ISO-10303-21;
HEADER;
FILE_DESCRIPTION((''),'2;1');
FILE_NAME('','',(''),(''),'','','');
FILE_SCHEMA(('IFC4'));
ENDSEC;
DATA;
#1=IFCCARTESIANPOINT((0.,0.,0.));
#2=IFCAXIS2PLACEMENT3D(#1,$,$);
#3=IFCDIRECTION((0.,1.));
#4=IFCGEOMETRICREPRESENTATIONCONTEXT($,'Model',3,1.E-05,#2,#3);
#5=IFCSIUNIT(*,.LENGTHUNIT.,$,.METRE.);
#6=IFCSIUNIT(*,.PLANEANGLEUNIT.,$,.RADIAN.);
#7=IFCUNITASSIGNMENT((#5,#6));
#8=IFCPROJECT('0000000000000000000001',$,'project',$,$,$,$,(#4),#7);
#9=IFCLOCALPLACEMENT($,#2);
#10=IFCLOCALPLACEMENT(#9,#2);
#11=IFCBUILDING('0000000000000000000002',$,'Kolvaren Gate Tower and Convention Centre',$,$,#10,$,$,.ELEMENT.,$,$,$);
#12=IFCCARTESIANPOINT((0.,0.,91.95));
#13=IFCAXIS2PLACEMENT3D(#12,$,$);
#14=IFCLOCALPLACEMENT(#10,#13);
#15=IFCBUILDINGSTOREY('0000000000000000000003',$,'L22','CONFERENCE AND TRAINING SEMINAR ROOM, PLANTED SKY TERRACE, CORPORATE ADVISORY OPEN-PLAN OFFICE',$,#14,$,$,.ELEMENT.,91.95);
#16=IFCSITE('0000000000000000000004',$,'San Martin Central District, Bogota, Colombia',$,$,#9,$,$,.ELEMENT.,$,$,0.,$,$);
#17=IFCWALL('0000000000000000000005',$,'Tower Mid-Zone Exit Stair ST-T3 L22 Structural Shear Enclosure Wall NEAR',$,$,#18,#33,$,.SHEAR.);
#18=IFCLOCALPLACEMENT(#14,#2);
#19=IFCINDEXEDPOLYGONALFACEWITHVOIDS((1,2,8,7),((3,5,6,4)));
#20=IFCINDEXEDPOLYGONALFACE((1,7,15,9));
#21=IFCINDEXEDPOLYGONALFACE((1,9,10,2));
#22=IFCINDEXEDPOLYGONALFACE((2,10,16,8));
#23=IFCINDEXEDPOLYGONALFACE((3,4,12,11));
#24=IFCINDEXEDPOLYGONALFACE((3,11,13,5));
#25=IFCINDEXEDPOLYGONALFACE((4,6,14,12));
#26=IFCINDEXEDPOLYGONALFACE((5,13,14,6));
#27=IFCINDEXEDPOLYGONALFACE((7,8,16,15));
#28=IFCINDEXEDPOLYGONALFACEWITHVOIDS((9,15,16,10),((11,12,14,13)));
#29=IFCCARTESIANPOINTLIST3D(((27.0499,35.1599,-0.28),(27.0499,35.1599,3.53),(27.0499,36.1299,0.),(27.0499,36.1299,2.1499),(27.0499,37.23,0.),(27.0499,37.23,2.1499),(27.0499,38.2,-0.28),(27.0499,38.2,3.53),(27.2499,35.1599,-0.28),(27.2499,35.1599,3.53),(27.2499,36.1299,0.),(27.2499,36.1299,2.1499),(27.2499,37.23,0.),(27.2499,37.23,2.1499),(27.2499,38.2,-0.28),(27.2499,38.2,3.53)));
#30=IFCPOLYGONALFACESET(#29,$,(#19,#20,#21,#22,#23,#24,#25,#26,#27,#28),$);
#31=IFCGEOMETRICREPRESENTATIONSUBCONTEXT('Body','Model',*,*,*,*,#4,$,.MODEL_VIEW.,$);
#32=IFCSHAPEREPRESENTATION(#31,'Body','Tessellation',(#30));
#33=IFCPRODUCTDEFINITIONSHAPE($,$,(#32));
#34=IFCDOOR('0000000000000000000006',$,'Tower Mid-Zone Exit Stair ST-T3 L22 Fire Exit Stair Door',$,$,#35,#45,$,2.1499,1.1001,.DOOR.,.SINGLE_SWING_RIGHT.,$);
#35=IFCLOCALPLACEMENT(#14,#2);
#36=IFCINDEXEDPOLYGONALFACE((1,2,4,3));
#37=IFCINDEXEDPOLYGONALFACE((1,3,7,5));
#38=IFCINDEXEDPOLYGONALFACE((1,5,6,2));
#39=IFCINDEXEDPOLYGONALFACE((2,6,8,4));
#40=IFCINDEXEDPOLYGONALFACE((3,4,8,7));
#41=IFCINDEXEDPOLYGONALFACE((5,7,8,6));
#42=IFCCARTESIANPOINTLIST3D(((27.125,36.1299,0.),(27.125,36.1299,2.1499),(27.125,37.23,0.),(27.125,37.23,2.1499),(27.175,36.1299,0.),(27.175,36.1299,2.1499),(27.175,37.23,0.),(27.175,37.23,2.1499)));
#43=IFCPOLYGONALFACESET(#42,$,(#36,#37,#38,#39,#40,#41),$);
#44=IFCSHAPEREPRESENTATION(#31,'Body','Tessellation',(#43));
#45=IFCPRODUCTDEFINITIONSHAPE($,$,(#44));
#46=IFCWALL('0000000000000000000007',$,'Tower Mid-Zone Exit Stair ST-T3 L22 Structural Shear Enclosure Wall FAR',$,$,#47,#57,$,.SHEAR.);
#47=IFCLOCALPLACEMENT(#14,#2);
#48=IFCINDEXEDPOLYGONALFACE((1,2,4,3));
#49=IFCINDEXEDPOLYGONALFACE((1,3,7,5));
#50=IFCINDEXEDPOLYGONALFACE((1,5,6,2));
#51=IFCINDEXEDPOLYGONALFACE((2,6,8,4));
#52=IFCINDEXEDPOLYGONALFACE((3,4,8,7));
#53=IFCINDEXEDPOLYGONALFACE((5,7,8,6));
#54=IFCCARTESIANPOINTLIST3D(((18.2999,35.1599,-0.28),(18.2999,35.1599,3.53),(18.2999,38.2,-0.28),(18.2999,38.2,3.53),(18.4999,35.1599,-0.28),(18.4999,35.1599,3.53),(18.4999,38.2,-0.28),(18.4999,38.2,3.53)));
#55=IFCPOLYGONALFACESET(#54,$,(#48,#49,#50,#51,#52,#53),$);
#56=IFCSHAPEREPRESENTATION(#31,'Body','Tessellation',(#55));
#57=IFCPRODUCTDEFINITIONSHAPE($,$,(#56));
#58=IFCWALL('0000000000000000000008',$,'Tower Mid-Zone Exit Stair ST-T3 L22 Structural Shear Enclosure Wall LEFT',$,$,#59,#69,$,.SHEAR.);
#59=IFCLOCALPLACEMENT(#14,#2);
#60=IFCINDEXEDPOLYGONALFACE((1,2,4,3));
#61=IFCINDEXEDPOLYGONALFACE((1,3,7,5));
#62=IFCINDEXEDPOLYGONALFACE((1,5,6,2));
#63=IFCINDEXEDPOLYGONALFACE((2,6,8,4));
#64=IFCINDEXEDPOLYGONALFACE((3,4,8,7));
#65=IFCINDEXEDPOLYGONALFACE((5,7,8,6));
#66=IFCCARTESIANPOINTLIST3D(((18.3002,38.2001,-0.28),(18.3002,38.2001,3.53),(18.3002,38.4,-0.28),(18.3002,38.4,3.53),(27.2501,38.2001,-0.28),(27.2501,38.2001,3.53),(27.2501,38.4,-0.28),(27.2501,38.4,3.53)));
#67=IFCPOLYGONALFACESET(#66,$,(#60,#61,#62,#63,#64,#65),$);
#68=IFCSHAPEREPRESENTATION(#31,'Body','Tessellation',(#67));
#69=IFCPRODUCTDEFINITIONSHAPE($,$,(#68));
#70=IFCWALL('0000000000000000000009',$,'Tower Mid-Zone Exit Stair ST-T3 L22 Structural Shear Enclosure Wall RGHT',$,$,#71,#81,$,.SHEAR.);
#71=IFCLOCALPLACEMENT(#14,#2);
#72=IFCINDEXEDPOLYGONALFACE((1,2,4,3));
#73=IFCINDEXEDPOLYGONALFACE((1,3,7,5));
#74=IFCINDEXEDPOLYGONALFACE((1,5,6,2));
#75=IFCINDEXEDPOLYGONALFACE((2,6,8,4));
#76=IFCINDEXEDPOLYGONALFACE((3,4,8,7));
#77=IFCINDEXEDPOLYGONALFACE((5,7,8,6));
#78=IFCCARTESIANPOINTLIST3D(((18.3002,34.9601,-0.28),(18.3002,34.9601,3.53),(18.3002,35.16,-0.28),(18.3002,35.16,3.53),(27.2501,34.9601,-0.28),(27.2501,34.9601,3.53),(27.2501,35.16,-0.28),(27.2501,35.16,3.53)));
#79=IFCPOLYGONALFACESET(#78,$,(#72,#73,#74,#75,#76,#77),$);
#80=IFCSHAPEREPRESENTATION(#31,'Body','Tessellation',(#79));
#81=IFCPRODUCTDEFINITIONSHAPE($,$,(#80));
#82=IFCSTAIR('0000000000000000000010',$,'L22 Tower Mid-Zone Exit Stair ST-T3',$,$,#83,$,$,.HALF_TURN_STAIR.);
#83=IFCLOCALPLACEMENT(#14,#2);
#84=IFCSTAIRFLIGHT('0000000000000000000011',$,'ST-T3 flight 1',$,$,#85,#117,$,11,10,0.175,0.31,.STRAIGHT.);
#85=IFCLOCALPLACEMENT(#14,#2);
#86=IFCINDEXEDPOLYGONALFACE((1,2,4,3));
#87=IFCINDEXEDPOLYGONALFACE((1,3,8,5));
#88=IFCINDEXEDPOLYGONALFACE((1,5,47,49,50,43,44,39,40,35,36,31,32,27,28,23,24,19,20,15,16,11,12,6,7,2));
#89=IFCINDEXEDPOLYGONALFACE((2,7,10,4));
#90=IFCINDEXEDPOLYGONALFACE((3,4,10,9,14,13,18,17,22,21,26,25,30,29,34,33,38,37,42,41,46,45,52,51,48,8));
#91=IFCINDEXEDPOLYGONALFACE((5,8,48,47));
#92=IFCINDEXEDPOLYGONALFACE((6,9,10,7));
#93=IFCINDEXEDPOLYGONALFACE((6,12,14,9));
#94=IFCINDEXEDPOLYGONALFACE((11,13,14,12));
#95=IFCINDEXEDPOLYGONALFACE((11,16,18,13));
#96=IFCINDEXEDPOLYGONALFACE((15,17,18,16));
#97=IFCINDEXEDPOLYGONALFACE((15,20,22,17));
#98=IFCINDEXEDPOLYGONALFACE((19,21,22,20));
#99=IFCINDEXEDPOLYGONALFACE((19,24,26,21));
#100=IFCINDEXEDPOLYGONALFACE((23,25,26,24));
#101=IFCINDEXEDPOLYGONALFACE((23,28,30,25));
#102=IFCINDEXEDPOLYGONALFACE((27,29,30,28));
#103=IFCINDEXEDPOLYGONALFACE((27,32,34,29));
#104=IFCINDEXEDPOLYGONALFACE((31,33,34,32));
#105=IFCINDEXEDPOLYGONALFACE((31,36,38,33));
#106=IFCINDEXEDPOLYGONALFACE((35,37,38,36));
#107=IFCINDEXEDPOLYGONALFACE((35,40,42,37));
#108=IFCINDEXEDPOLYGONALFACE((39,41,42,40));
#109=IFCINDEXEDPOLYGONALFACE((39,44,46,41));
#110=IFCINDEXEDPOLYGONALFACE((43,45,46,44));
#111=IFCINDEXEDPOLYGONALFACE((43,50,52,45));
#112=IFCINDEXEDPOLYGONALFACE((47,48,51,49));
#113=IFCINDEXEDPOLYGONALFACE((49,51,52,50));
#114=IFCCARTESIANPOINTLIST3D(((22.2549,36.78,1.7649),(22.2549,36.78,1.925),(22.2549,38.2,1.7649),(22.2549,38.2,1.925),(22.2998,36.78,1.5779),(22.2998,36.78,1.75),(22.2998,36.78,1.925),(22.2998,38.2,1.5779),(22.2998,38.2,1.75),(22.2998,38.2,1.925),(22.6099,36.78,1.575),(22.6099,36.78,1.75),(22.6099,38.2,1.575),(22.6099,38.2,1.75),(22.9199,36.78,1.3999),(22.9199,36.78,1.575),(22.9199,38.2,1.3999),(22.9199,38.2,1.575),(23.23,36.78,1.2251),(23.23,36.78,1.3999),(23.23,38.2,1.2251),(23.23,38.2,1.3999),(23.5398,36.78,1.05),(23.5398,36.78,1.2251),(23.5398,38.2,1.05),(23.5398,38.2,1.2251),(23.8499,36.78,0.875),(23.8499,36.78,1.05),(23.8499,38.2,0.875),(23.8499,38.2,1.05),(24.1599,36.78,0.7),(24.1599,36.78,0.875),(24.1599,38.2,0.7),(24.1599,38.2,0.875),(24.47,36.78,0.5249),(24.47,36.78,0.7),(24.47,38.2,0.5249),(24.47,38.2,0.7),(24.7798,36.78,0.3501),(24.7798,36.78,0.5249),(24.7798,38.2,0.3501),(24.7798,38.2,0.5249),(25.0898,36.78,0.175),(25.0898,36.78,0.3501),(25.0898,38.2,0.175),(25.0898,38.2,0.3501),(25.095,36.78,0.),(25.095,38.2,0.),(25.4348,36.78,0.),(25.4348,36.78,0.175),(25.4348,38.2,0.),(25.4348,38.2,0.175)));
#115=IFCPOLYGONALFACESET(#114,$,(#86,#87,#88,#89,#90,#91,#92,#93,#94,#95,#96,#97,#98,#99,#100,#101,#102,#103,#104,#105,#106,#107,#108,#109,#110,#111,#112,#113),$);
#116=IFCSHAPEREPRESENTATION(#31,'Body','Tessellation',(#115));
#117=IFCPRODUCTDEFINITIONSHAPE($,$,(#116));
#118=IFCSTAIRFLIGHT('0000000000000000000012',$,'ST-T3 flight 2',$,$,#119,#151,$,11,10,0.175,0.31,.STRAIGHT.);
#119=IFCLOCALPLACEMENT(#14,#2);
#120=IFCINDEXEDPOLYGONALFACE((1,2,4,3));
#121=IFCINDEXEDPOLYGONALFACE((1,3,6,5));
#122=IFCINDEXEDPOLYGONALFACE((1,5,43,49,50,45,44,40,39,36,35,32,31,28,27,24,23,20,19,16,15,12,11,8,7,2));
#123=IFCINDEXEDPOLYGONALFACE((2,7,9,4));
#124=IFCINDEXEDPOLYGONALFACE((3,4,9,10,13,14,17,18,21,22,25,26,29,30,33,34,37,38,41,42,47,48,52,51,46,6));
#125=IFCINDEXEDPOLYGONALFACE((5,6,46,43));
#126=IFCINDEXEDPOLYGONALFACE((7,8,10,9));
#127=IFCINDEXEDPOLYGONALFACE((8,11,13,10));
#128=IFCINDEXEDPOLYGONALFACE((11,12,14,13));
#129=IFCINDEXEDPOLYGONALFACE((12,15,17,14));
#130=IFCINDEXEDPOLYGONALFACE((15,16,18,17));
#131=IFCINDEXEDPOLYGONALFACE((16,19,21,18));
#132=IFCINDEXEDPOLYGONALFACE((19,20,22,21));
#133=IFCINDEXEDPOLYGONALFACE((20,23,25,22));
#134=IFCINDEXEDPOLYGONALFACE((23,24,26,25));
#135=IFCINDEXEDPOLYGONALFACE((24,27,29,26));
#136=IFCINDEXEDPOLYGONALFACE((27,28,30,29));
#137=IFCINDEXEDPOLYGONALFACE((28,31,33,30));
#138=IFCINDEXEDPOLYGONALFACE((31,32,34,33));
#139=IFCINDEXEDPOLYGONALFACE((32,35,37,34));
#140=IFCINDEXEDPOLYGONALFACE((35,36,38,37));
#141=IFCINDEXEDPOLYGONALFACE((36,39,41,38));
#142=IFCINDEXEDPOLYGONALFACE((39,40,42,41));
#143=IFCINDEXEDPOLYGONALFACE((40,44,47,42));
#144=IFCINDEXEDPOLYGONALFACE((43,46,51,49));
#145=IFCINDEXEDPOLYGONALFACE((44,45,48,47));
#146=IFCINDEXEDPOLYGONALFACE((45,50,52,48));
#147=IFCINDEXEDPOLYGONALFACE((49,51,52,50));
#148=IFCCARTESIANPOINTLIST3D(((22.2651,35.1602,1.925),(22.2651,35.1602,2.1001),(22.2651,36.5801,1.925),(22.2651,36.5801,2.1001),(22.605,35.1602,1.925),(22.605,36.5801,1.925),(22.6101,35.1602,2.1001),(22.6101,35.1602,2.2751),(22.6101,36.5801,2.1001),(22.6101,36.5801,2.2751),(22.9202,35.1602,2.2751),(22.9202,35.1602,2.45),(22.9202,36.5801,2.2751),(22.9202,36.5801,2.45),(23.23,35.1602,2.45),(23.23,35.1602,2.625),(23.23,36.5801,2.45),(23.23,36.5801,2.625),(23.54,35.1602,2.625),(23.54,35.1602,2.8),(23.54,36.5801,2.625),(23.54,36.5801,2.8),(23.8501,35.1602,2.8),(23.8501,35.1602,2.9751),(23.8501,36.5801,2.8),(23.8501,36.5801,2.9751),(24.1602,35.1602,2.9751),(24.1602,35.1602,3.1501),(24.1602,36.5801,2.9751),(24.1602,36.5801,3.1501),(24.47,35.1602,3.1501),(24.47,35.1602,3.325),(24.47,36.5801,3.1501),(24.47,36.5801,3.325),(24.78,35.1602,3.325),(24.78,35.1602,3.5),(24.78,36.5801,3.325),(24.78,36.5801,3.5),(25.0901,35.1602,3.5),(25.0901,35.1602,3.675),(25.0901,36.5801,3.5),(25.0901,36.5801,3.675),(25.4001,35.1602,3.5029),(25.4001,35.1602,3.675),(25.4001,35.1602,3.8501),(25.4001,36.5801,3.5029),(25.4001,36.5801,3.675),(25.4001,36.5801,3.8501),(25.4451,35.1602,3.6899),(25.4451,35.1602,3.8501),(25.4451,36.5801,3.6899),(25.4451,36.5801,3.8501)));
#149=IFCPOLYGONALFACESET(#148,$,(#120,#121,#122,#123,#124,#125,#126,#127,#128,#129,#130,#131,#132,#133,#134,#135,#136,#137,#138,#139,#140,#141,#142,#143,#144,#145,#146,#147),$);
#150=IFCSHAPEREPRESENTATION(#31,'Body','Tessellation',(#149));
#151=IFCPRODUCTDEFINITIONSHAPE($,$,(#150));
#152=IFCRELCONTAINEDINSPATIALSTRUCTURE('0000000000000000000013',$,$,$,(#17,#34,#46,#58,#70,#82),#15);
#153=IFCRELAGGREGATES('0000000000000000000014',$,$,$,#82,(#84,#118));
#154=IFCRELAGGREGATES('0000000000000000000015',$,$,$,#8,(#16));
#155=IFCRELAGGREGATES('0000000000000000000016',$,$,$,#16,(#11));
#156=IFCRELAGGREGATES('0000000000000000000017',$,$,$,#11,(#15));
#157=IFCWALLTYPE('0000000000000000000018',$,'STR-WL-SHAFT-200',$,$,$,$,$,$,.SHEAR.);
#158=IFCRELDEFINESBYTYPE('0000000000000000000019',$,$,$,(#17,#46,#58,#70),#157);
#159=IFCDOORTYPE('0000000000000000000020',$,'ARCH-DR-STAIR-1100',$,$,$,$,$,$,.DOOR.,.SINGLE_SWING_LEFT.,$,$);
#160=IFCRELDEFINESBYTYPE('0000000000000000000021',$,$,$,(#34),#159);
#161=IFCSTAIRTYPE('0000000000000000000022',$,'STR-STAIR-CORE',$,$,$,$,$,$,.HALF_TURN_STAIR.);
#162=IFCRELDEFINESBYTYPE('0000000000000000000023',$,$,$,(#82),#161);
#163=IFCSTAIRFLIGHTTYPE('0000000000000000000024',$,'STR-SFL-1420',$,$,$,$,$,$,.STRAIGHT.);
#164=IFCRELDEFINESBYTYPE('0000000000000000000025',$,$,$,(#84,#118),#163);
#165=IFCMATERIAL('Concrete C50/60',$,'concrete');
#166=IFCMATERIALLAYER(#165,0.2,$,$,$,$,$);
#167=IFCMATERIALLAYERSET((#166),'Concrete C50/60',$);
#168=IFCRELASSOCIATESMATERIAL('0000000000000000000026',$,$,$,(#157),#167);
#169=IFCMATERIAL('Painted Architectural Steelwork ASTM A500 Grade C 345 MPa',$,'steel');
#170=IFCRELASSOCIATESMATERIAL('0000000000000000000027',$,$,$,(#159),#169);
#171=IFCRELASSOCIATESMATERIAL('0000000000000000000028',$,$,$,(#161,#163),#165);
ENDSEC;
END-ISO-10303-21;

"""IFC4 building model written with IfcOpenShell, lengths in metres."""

from ifc_helpers import new_model, si_unit, direction, frame, frame_2d, origin, place, context, subcontext, project, spatial, polyline, rectangle, outline, extrude, material, layer, layer_set, type_object, element, fill, aggregate, save


model = new_model("IFC4")

# Units and contexts
model_context = context("Model", 3, precision=1e-05, world=origin(), true_north=direction((0.0, 1.0)))
body_context = subcontext(model_context, "Body", "Model", "MODEL_VIEW")
ifc_project = project(units=[si_unit("LENGTHUNIT", "METRE"), si_unit("PLANEANGLEUNIT", "RADIAN")], contexts=[model_context])

# Site, building, storey
site_placement = place(None, origin())
site = spatial("IfcSite", under=ifc_project, at=site_placement, Name="San Martin Central District, Bogota, Colombia", CompositionType="ELEMENT", RefElevation=0.0)
building_placement = place(site_placement, origin())
building = spatial("IfcBuilding", under=site, at=building_placement, Name="Kolvaren Gate Tower and Convention Centre", CompositionType="ELEMENT")
storey_placement = place(building_placement, frame((0.0, 0.0, 91.95)))
storey = spatial("IfcBuildingStorey", under=building, at=storey_placement, Name="L22", Description="CONFERENCE AND TRAINING SEMINAR ROOM, PLANTED SKY TERRACE, CORPORATE ADVISORY OPEN-PLAN OFFICE", CompositionType="ELEMENT", Elevation=91.95)

# Wall, opening, door
ifc_material_1 = material(Name="Concrete C50/60", Category="concrete")
ifc_layer_1 = layer(ifc_material_1, 0.2)
ifc_layer_set_1 = layer_set([ifc_layer_1], Name="Concrete C50/60")
wall_type_1 = type_object("IfcWallType", Name="STR-WL-SHAFT-200", PredefinedType="SHEAR", material=ifc_layer_set_1)
wall_1_placement = place(storey_placement, frame((27.1499, 35.1599, -0.28), z_axis=(0.0, 0.0, 1.0), x_axis=(0.0, 1.0, 0.0)))
wall_1 = element("IfcWall", 1, at=wall_1_placement, inside=storey, type_object=wall_type_1, Name="Tower Mid-Zone Exit Stair ST-T3 L22 Structural Shear Enclosure Wall NEAR", PredefinedType="SHEAR", context=body_context, shape_type="SweptSolid", body=[
    extrude(rectangle(XDim=3.04, YDim=0.2, at=frame_2d((1.52, 0.0))), origin(), (0.0, 0.0, 1.0), 3.8101),
])
opening_1_placement = place(wall_1_placement, frame((0.97, 0.0, 0.28)))
opening_1 = element("IfcOpeningElement", 2, at=opening_1_placement, cuts=wall_1, PredefinedType="OPENING", context=body_context, shape_type="SweptSolid", body=[
    extrude(rectangle(XDim=1.1001, YDim=2.1499, at=frame_2d((0.55, 1.075))), frame((0.0, 0.1099, 0.0), z_axis=(0.0, -1.0, 0.0), x_axis=(1.0, 0.0, 0.0)), (0.0, 0.0, 1.0), 0.22),
])
ifc_material_2 = material(Name="Painted Architectural Steelwork ASTM A500 Grade C 345 MPa", Category="steel")
door_type = type_object("IfcDoorType", Name="ARCH-DR-STAIR-1100", OperationType="SINGLE_SWING_LEFT", PredefinedType="DOOR", material=ifc_material_2)
door_placement = place(opening_1_placement, origin())
door = element("IfcDoor", 3, at=door_placement, inside=storey, type_object=door_type, Name="Tower Mid-Zone Exit Stair ST-T3 L22 Fire Exit Stair Door", OperationType="SINGLE_SWING_RIGHT", OverallHeight=2.1499, OverallWidth=1.1001, PredefinedType="DOOR", context=body_context, shape_type="SweptSolid", body=[
    extrude(rectangle(XDim=1.1001, YDim=2.1499, at=frame_2d((0.55, 1.075))), frame((0.0, 0.0249, 0.0), z_axis=(0.0, -1.0, 0.0), x_axis=(1.0, 0.0, 0.0)), (0.0, 0.0, 1.0), 0.05),
])
fill(opening_1, door)

# Walls
wall_2_placement = place(storey_placement, frame((18.3999, 35.1599, -0.28), z_axis=(0.0, 0.0, 1.0), x_axis=(0.0, 1.0, 0.0)))
element("IfcWall", 4, at=wall_2_placement, inside=storey, type_object=wall_type_1, Name="Tower Mid-Zone Exit Stair ST-T3 L22 Structural Shear Enclosure Wall FAR", PredefinedType="SHEAR", context=body_context, shape_type="SweptSolid", body=[
    extrude(rectangle(XDim=3.04, YDim=0.2, at=frame_2d((1.52, 0.0))), origin(), (0.0, 0.0, 1.0), 3.8101),
])
for number, where, z_axis, x_axis, name in (
    (5, (18.3, 38.3, -0.28), (0.0, 0.0, 1.0), (1.0, 0.0, 0.0), "Tower Mid-Zone Exit Stair ST-T3 L22 Structural Shear Enclosure Wall LEFT"),
    (6, (18.3, 35.0601, -0.28), (0.0, 0.0, 1.0), (1.0, 0.0, 0.0), "Tower Mid-Zone Exit Stair ST-T3 L22 Structural Shear Enclosure Wall RGHT"),
):
    element("IfcWall", number, at=place(storey_placement, frame(where, z_axis=z_axis, x_axis=x_axis)), inside=storey, type_object=wall_type_1, Name=name, PredefinedType="SHEAR", context=body_context, shape_type="SweptSolid", body=[
        extrude(rectangle(XDim=8.95, YDim=0.2, at=frame_2d((4.4751, 0.0))), origin(), (0.0, 0.0, 1.0), 3.8101),
    ])

# Stair, stair flights
stair_type = type_object("IfcStairType", Name="STR-STAIR-CORE", PredefinedType="HALF_TURN_STAIR", material=ifc_material_1)
stair_placement = place(storey_placement, origin())
stair = element("IfcStair", 7, at=stair_placement, inside=storey, type_object=stair_type, Name="L22 Tower Mid-Zone Exit Stair ST-T3", PredefinedType="HALF_TURN_STAIR")
stair_flight_type = type_object("IfcStairFlightType", Name="STR-SFL-1420", PredefinedType="STRAIGHT", material=ifc_material_1)
stair_flight_1_placement = place(storey_placement, frame((25.3999, 37.49, 0.0), z_axis=(0.0, 0.0, 1.0), x_axis=(-1.0, 0.0, 0.0)))
stair_flight_1 = element("IfcStairFlight", 8, at=stair_flight_1_placement, type_object=stair_flight_type, Name="ST-T3 flight 1", NumberOfRisers=11, NumberOfTreads=10, PredefinedType="STRAIGHT", RiserHeight=0.175, TreadLength=0.31, context=body_context, shape_type="SweptSolid", body=[
    extrude(outline(polyline([(-0.0349, 0.0), (-0.0349, 0.175), (0.3101, 0.175), (0.3101, 0.3501), (0.6201, 0.3501), (0.6201, 0.5249), (0.9299, 0.5249), (0.9299, 0.7), (1.24, 0.7), (1.24, 0.875), (1.55, 0.875), (1.55, 1.05), (1.8601, 1.05), (1.8601, 1.2251), (2.1699, 1.2251), (2.1699, 1.3999), (2.48, 1.3999), (2.48, 1.575), (2.79, 1.575), (2.79, 1.75), (3.1001, 1.75), (3.1001, 1.925), (3.145, 1.925), (3.145, 1.7649), (3.1001, 1.5779), (0.3049, 0.0), (-0.0349, 0.0)])), frame((0.0, 0.71, 0.0), z_axis=(0.0, -1.0, 0.0), x_axis=(1.0, 0.0, 0.0)), (0.0, 0.0, 1.0), 1.4199),
])
stair_flight_2_placement = place(storey_placement, frame((22.3, 35.8701, 1.925), z_axis=(0.0, 0.0, 1.0), x_axis=(1.0, 0.0, 0.0)))
stair_flight_2 = element("IfcStairFlight", 9, at=stair_flight_2_placement, type_object=stair_flight_type, Name="ST-T3 flight 2", NumberOfRisers=11, NumberOfTreads=10, PredefinedType="STRAIGHT", RiserHeight=0.175, TreadLength=0.31, context=body_context, shape_type="SweptSolid", body=[
    extrude(outline(polyline([(-0.0349, 0.0), (-0.0349, 0.175), (0.3101, 0.175), (0.3101, 0.3501), (0.6201, 0.3501), (0.6201, 0.5249), (0.9299, 0.5249), (0.9299, 0.7), (1.24, 0.7), (1.24, 0.875), (1.55, 0.875), (1.55, 1.05), (1.8601, 1.05), (1.8601, 1.2251), (2.1699, 1.2251), (2.1699, 1.3999), (2.48, 1.3999), (2.48, 1.575), (2.79, 1.575), (2.79, 1.75), (3.1001, 1.75), (3.1001, 1.925), (3.145, 1.925), (3.145, 1.7649), (3.1001, 1.5779), (0.3049, 0.0), (-0.0349, 0.0)])), frame((0.0, 0.71, 0.0), z_axis=(0.0, -1.0, 0.0), x_axis=(1.0, 0.0, 0.0)), (0.0, 0.0, 1.0), 1.4199),
])
aggregate(stair, [stair_flight_1, stair_flight_2])

save(model, "model.ifc")
